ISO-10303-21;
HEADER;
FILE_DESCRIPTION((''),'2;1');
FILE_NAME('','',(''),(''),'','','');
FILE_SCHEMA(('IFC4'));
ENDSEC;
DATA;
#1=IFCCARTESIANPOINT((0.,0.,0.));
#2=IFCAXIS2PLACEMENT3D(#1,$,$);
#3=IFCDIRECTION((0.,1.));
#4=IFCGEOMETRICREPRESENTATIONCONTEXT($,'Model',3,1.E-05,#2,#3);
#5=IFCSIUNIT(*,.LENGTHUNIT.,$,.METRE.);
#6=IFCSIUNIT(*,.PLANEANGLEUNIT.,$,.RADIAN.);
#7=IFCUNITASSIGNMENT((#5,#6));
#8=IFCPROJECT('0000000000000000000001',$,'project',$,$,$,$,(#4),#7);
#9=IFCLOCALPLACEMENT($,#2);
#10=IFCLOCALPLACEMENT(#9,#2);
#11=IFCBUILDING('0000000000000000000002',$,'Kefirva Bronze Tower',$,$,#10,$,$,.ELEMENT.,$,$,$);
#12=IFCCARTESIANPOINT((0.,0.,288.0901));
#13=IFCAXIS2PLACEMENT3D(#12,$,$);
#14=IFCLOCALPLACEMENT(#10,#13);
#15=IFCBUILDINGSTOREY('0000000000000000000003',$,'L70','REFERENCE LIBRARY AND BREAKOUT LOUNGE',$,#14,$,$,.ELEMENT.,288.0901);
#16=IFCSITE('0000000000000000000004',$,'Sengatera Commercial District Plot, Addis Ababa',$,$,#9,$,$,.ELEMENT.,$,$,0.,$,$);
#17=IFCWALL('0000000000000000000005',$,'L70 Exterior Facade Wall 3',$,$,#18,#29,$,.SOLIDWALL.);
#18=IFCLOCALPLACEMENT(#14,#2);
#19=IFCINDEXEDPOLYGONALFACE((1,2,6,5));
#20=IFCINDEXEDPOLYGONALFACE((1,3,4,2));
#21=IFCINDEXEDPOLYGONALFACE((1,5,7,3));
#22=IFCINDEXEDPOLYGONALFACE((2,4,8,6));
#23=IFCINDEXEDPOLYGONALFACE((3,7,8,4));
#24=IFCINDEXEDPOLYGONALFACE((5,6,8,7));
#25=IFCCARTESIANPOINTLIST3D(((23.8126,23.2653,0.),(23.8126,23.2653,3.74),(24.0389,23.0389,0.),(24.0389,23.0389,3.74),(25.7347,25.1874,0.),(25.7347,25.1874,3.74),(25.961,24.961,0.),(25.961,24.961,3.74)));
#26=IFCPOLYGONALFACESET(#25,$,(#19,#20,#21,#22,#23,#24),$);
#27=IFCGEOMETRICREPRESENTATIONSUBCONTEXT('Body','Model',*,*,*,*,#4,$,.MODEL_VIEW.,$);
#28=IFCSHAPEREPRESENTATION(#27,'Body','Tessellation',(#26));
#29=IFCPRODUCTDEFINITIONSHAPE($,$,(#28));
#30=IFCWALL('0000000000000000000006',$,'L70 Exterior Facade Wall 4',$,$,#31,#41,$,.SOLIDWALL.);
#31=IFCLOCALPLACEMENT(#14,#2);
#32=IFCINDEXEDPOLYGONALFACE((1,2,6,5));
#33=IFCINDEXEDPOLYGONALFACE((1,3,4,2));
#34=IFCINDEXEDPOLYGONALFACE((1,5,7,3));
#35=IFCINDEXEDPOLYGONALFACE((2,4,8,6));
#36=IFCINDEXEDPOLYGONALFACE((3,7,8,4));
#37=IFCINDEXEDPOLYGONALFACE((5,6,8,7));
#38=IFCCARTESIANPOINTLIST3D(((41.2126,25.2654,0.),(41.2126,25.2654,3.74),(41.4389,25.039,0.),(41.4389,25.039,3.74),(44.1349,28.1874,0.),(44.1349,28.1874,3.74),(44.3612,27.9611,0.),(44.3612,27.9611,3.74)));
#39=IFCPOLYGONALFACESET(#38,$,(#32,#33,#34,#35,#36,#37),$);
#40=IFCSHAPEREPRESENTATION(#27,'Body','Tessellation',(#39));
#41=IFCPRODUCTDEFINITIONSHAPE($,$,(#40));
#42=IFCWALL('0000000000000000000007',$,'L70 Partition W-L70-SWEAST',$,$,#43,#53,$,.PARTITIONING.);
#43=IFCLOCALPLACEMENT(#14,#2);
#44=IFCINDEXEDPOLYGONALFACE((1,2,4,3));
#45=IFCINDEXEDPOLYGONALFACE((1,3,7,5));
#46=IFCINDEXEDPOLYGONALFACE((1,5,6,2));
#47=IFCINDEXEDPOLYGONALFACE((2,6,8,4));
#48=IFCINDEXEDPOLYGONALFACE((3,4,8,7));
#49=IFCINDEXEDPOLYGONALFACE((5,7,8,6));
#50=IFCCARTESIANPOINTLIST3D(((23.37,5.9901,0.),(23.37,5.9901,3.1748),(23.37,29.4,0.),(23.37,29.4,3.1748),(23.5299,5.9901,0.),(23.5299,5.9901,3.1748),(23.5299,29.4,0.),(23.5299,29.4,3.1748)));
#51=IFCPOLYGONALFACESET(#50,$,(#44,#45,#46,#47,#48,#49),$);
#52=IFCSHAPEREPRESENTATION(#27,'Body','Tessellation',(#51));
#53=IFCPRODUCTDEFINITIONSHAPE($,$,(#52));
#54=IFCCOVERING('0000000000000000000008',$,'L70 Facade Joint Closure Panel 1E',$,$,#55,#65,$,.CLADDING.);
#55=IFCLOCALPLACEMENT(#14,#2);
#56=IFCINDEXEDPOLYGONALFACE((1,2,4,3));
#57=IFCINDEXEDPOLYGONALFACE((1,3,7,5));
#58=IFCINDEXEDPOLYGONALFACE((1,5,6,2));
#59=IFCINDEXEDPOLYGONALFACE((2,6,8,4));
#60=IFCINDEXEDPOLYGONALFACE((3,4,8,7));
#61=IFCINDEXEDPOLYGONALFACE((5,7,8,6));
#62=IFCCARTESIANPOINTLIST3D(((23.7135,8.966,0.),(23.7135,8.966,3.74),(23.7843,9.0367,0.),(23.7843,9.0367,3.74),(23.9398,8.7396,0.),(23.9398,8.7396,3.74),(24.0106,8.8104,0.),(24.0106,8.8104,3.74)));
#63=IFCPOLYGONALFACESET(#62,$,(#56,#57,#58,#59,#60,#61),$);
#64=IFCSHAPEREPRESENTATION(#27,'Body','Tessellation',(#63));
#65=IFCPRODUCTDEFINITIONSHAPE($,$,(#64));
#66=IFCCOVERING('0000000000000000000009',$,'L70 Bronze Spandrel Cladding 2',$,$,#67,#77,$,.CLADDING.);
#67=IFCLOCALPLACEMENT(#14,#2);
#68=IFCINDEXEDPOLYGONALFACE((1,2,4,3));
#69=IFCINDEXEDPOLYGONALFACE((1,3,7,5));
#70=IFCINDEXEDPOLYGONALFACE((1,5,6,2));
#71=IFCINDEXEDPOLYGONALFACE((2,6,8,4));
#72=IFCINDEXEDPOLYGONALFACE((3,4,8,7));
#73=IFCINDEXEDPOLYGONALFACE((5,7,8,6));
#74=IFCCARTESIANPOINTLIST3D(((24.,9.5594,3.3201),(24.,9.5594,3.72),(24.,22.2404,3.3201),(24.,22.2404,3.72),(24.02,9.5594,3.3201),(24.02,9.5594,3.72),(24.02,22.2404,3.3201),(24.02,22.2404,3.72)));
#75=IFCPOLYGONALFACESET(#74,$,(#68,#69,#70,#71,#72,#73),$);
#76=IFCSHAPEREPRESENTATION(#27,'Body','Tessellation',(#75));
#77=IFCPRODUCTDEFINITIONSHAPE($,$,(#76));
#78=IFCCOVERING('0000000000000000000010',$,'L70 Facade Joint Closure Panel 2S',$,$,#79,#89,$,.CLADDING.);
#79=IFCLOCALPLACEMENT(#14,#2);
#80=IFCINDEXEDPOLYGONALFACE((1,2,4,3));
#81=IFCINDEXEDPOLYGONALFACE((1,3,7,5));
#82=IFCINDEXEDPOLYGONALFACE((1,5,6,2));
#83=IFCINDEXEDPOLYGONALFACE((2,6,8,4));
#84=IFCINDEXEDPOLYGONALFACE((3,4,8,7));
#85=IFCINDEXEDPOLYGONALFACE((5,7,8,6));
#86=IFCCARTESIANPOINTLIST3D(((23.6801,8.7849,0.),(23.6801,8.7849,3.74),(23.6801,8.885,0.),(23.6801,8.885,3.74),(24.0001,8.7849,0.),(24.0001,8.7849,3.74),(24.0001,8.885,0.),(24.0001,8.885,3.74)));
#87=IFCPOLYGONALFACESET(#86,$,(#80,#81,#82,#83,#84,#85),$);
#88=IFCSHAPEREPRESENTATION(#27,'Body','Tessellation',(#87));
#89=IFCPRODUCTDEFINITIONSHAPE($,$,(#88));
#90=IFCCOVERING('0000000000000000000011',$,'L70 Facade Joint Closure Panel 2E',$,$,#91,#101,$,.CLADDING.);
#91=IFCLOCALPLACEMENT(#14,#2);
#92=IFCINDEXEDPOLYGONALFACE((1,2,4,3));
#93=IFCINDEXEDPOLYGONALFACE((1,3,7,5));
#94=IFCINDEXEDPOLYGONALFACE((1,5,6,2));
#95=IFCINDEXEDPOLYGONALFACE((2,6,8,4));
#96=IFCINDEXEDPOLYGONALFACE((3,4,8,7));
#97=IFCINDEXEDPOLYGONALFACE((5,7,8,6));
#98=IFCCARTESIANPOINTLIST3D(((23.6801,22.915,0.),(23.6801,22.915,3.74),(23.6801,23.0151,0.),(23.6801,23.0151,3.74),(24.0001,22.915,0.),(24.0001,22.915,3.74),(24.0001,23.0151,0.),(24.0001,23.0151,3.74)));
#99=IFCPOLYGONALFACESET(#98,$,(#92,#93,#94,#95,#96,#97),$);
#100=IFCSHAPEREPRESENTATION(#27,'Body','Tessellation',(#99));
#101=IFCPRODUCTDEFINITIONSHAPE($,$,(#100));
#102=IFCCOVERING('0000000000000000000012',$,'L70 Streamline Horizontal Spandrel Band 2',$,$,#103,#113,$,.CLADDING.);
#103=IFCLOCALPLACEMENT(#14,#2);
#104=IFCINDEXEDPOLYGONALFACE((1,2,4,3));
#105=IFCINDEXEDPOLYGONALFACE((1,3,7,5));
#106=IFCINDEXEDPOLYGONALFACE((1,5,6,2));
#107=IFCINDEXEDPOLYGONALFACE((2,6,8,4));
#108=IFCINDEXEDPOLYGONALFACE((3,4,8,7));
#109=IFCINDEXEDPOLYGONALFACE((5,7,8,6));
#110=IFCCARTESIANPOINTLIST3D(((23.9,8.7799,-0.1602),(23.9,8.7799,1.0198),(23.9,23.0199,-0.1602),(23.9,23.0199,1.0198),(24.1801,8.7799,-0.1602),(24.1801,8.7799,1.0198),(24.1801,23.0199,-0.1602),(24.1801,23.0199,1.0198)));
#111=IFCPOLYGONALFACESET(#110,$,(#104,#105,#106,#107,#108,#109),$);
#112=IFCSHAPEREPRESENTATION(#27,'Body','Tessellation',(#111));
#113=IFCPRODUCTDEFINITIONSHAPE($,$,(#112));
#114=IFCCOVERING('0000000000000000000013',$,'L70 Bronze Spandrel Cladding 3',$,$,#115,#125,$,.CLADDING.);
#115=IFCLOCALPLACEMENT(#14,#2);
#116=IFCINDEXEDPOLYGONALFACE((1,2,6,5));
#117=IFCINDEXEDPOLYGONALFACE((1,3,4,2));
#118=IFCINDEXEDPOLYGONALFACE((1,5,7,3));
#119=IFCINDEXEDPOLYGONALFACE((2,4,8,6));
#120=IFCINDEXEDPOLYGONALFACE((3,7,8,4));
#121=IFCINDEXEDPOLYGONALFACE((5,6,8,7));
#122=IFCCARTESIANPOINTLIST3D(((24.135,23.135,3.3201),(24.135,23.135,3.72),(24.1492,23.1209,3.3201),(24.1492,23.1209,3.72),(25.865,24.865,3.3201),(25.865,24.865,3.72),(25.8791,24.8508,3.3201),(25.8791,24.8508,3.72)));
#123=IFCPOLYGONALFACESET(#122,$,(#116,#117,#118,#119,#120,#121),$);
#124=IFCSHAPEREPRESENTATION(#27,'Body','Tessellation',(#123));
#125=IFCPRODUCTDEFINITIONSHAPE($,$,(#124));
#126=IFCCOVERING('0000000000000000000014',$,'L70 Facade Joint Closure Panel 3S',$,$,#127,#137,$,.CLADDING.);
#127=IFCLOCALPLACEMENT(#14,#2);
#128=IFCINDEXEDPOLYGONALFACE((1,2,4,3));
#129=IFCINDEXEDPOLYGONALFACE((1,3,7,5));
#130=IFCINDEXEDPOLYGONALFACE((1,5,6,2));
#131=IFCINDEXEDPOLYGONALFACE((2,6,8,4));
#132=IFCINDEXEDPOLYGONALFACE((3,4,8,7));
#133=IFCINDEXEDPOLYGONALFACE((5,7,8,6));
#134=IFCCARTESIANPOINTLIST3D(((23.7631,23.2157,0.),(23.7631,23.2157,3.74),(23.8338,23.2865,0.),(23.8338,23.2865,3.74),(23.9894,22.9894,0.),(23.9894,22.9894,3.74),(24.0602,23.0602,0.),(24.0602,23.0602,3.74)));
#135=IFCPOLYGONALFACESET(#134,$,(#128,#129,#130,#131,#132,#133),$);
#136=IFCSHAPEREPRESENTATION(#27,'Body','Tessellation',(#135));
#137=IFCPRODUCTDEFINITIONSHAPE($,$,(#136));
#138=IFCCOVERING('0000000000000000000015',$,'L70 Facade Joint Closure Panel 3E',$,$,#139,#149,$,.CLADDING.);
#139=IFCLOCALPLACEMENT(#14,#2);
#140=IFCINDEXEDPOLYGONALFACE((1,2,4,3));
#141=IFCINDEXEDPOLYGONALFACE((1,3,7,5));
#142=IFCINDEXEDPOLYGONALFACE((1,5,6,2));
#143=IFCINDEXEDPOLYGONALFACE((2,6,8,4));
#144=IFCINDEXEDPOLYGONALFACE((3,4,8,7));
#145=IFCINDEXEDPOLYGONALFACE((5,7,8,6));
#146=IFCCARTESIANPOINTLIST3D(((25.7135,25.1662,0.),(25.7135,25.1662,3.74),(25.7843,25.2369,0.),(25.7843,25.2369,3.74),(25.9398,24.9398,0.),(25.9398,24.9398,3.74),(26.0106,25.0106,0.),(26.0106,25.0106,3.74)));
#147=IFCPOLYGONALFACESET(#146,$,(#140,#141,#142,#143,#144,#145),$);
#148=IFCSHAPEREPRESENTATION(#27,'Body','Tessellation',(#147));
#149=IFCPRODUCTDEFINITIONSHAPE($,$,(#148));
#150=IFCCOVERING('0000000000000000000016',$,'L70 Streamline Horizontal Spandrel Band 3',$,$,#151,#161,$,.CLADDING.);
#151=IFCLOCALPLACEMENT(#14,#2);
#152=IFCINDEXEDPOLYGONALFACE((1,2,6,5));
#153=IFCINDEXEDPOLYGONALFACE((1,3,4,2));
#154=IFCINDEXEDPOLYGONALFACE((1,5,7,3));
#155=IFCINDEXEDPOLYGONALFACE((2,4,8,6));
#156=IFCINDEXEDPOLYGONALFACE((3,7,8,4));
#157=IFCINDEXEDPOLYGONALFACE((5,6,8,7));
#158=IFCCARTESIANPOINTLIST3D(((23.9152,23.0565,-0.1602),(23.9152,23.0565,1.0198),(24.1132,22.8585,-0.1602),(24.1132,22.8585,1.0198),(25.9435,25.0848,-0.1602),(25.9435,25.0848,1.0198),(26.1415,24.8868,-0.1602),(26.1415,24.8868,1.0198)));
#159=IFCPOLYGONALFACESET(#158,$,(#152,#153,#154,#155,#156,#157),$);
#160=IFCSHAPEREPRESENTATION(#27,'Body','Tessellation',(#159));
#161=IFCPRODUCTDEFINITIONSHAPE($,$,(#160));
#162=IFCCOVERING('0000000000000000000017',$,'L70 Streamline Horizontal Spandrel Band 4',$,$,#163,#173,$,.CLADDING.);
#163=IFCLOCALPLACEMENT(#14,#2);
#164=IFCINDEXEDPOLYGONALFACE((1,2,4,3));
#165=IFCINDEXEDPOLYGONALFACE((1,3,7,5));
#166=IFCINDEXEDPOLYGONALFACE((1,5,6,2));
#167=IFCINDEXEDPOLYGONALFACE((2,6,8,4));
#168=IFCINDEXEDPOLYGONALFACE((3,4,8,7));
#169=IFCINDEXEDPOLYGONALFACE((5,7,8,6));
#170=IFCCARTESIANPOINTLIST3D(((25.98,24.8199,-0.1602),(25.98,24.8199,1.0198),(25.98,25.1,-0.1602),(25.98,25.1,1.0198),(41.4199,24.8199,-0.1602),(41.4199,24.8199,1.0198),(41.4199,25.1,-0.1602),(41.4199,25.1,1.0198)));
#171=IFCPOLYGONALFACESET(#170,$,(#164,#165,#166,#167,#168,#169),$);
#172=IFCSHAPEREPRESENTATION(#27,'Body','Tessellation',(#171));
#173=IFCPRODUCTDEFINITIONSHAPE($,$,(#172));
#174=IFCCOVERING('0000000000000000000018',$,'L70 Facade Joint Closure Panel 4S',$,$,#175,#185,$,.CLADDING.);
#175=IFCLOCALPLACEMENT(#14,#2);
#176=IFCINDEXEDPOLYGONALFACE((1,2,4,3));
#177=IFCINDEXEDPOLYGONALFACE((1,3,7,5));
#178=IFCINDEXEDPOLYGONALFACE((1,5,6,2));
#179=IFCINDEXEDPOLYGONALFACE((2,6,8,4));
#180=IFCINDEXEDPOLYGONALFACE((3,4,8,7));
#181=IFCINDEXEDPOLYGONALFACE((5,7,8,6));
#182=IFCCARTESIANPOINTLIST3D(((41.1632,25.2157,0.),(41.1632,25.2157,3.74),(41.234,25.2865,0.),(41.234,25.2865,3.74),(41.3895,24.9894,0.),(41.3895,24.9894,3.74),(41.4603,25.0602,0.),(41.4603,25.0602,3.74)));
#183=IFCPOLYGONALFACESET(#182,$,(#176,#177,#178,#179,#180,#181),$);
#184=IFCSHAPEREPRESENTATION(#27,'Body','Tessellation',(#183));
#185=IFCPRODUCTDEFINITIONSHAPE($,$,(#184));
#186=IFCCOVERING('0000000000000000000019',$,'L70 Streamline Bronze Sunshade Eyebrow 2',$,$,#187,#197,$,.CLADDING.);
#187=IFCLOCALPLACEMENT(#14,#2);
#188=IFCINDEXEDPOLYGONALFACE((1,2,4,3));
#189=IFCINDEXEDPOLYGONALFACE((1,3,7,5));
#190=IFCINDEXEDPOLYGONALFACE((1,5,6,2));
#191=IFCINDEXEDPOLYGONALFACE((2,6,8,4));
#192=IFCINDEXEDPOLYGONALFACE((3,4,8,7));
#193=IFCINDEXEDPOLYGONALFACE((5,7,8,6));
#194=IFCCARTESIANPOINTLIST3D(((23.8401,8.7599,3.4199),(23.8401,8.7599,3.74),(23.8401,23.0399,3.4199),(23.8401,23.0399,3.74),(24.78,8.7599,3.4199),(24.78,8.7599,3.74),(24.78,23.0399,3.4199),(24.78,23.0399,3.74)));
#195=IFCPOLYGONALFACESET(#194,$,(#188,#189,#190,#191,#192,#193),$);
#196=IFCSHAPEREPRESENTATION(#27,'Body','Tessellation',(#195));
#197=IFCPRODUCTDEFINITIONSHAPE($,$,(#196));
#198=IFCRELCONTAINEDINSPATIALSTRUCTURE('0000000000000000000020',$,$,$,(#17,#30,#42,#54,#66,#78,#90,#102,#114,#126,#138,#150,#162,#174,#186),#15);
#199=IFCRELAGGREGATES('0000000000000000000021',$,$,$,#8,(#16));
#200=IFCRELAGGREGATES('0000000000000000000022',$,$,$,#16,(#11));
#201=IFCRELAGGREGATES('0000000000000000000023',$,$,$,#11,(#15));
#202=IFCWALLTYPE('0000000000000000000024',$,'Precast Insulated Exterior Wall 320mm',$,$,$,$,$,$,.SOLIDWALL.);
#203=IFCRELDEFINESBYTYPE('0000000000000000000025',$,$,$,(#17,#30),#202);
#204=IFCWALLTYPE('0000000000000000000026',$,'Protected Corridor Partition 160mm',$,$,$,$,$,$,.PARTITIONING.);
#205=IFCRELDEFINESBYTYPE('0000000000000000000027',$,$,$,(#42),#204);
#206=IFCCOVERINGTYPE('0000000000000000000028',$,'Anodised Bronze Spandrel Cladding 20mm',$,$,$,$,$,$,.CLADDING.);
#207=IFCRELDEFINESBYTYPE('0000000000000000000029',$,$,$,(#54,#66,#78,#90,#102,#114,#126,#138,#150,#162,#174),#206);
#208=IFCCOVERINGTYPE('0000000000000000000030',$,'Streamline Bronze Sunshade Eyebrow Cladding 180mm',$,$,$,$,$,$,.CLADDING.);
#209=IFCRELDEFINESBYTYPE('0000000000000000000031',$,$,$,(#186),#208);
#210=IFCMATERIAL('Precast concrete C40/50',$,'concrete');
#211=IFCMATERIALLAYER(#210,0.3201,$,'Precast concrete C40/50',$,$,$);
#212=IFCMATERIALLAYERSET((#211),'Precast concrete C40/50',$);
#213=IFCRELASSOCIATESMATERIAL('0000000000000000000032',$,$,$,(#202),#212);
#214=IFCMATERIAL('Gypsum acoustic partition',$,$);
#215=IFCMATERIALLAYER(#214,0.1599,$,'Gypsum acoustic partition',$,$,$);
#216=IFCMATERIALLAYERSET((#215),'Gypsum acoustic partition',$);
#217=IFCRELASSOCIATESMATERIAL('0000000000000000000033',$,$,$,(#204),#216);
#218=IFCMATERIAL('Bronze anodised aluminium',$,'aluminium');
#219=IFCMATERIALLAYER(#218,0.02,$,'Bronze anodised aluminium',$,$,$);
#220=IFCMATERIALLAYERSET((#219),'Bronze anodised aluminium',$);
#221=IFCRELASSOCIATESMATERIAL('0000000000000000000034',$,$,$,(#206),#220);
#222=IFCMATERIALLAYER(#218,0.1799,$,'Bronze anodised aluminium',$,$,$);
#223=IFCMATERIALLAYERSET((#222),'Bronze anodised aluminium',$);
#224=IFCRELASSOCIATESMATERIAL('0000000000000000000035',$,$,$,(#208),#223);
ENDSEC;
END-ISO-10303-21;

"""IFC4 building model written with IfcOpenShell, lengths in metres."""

from ifc_helpers import new_model, si_unit, direction, frame, frame_2d, origin, origin_2d, place, context, subcontext, project, spatial, rectangle, extrude, material, layer, layer_set, type_object, element, save


model = new_model("IFC4")

# Units and contexts
model_context = context("Model", 3, precision=1e-05, world=origin(), true_north=direction((0.0, 1.0)))
body_context = subcontext(model_context, "Body", "Model", "MODEL_VIEW")
ifc_project = project(units=[si_unit("LENGTHUNIT", "METRE"), si_unit("PLANEANGLEUNIT", "RADIAN")], contexts=[model_context])

# Site, building, storey
site_placement = place(None, origin())
site = spatial("IfcSite", under=ifc_project, at=site_placement, Name="Sengatera Commercial District Plot, Addis Ababa", CompositionType="ELEMENT", RefElevation=0.0)
building_placement = place(site_placement, origin())
building = spatial("IfcBuilding", under=site, at=building_placement, Name="Kefirva Bronze Tower", CompositionType="ELEMENT")
storey_placement = place(building_placement, frame((0.0, 0.0, 288.0901)))
storey = spatial("IfcBuildingStorey", under=building, at=storey_placement, Name="L70", Description="REFERENCE LIBRARY AND BREAKOUT LOUNGE", CompositionType="ELEMENT", Elevation=288.0901)

# Shared definitions
ifc_material_1 = material(Name="Bronze anodised aluminium", Category="aluminium")

# Walls
ifc_material_2 = material(Name="Gypsum acoustic partition")
ifc_material_3 = material(Name="Precast concrete C40/50", Category="concrete")
ifc_layer_1 = layer(ifc_material_3, 0.3201, Name="Precast concrete C40/50")
ifc_layer_set_1 = layer_set([ifc_layer_1], Name="Precast concrete C40/50")
wall_type_1 = type_object("IfcWallType", Name="Precast Insulated Exterior Wall 320mm", PredefinedType="SOLIDWALL", material=ifc_layer_set_1)
wall_1_placement = place(storey_placement, frame((23.9258, 23.1521, 0.0), z_axis=(0.0, 0.0, 1.0), x_axis=(0.707107, 0.707107, 0.0)))
element("IfcWall", 1, at=wall_1_placement, inside=storey, type_object=wall_type_1, Name="L70 Exterior Facade Wall 3", PredefinedType="SOLIDWALL", context=body_context, shape_type="SweptSolid", body=[
    extrude(rectangle(XDim=2.7183, YDim=0.3201, at=frame_2d((1.3591, 0.0))), origin(), (0.0, 0.0, 1.0), 3.74),
])
wall_2_placement = place(storey_placement, frame((41.3257, 25.1521, 0.0), z_axis=(0.0, 0.0, 1.0), x_axis=(0.707136, 0.707077, 0.0)))
element("IfcWall", 2, at=wall_2_placement, inside=storey, type_object=wall_type_1, Name="L70 Exterior Facade Wall 4", PredefinedType="SOLIDWALL", context=body_context, shape_type="SweptSolid", body=[
    extrude(rectangle(XDim=4.1326, YDim=0.3201, at=frame_2d((2.0664, 0.0))), origin(), (0.0, 0.0, 1.0), 3.74),
])
ifc_layer_2 = layer(ifc_material_2, 0.1599, Name="Gypsum acoustic partition")
ifc_layer_set_2 = layer_set([ifc_layer_2], Name="Gypsum acoustic partition")
wall_type_2 = type_object("IfcWallType", Name="Protected Corridor Partition 160mm", PredefinedType="PARTITIONING", material=ifc_layer_set_2)
wall_3_placement = place(storey_placement, frame((23.45, 5.99, 0.0), z_axis=(0.0, 0.0, 1.0), x_axis=(0.0, 1.0, 0.0)))
element("IfcWall", 3, at=wall_3_placement, inside=storey, type_object=wall_type_2, Name="L70 Partition W-L70-SWEAST", PredefinedType="PARTITIONING", context=body_context, shape_type="SweptSolid", body=[
    extrude(rectangle(XDim=23.4099, YDim=0.1599, at=frame_2d((11.7051, 0.0))), origin(), (0.0, 0.0, 1.0), 3.1748),
])

# Coverings
ifc_layer_3 = layer(ifc_material_1, 0.02, Name="Bronze anodised aluminium")
ifc_layer_set_3 = layer_set([ifc_layer_3], Name="Bronze anodised aluminium")
covering_type_1 = type_object("IfcCoveringType", Name="Anodised Bronze Spandrel Cladding 20mm", PredefinedType="CLADDING", material=ifc_layer_set_3)
covering_1_placement = place(storey_placement, frame((23.8621, 8.8882, 0.0), z_axis=(0.0, 0.0, 1.0), x_axis=(0.707107, 0.707107, 0.0)))
element("IfcCovering", 4, at=covering_1_placement, inside=storey, type_object=covering_type_1, Name="L70 Facade Joint Closure Panel 1E", PredefinedType="CLADDING", context=body_context, shape_type="SweptSolid", body=[
    extrude(rectangle(XDim=0.1001, YDim=0.3201, at=origin_2d()), origin(), (0.0, 0.0, 1.0), 3.74),
])
covering_2_placement = place(storey_placement, frame((24.01, 15.8999, 3.3201), z_axis=(0.0, 0.0, 1.0), x_axis=(0.0, 1.0, 0.0)))
element("IfcCovering", 5, at=covering_2_placement, inside=storey, type_object=covering_type_1, Name="L70 Bronze Spandrel Cladding 2", PredefinedType="CLADDING", context=body_context, shape_type="SweptSolid", body=[
    extrude(rectangle(XDim=12.6809, YDim=0.02, at=origin_2d()), origin(), (0.0, 0.0, 1.0), 0.3999),
])
for number, where, z_axis, x_axis, name in (
    (6, (23.8401, 8.835, 0.0), (0.0, 0.0, 1.0), (0.0, 1.0, 0.0), "L70 Facade Joint Closure Panel 2S"),
    (7, (23.8401, 22.9651, 0.0), (0.0, 0.0, 1.0), (0.0, 1.0, 0.0), "L70 Facade Joint Closure Panel 2E"),
):
    element("IfcCovering", number, at=place(storey_placement, frame(where, z_axis=z_axis, x_axis=x_axis)), inside=storey, type_object=covering_type_1, Name=name, PredefinedType="CLADDING", context=body_context, shape_type="SweptSolid", body=[
        extrude(rectangle(XDim=0.1001, YDim=0.3201, at=origin_2d()), origin(), (0.0, 0.0, 1.0), 3.74),
    ])
covering_3_placement = place(storey_placement, frame((24.04, 15.8999, -0.1602), z_axis=(0.0, 0.0, 1.0), x_axis=(0.0, 1.0, 0.0)))
element("IfcCovering", 8, at=covering_3_placement, inside=storey, type_object=covering_type_1, Name="L70 Streamline Horizontal Spandrel Band 2", PredefinedType="CLADDING", context=body_context, shape_type="SweptSolid", body=[
    extrude(rectangle(XDim=14.24, YDim=0.28, at=origin_2d()), origin(), (0.0, 0.0, 1.0), 1.1799),
])
covering_4_placement = place(storey_placement, frame((25.0071, 23.9929, 3.3201), z_axis=(0.0, 0.0, 1.0), x_axis=(0.707107, 0.707107, 0.0)))
element("IfcCovering", 9, at=covering_4_placement, inside=storey, type_object=covering_type_1, Name="L70 Bronze Spandrel Cladding 3", PredefinedType="CLADDING", context=body_context, shape_type="SweptSolid", body=[
    extrude(rectangle(XDim=2.4465, YDim=0.02, at=origin_2d()), origin(), (0.0, 0.0, 1.0), 0.3999),
])
for number, where, z_axis, x_axis, name in (
    (10, (23.9116, 23.1379, 0.0), (0.0, 0.0, 1.0), (0.707107, 0.707107, 0.0), "L70 Facade Joint Closure Panel 3S"),
    (11, (25.8621, 25.0884, 0.0), (0.0, 0.0, 1.0), (0.707107, 0.707107, 0.0), "L70 Facade Joint Closure Panel 3E"),
):
    element("IfcCovering", number, at=place(storey_placement, frame(where, z_axis=z_axis, x_axis=x_axis)), inside=storey, type_object=covering_type_1, Name=name, PredefinedType="CLADDING", context=body_context, shape_type="SweptSolid", body=[
        extrude(rectangle(XDim=0.1001, YDim=0.3201, at=origin_2d()), origin(), (0.0, 0.0, 1.0), 3.74),
    ])
covering_5_placement = place(storey_placement, frame((25.0283, 23.9717, -0.1602), z_axis=(0.0, 0.0, 1.0), x_axis=(0.707107, 0.707107, 0.0)))
element("IfcCovering", 12, at=covering_5_placement, inside=storey, type_object=covering_type_1, Name="L70 Streamline Horizontal Spandrel Band 3", PredefinedType="CLADDING", context=body_context, shape_type="SweptSolid", body=[
    extrude(rectangle(XDim=2.8684, YDim=0.28, at=origin_2d()), origin(), (0.0, 0.0, 1.0), 1.1799),
])
covering_6_placement = place(storey_placement, frame((33.7, 24.96, -0.1602), z_axis=(0.0, 0.0, 1.0), x_axis=(1.0, 0.0, 0.0)))
element("IfcCovering", 13, at=covering_6_placement, inside=storey, type_object=covering_type_1, Name="L70 Streamline Horizontal Spandrel Band 4", PredefinedType="CLADDING", context=body_context, shape_type="SweptSolid", body=[
    extrude(rectangle(XDim=15.4399, YDim=0.28, at=origin_2d()), origin(), (0.0, 0.0, 1.0), 1.1799),
])
covering_7_placement = place(storey_placement, frame((41.3118, 25.1379, 0.0), z_axis=(0.0, 0.0, 1.0), x_axis=(0.707107, 0.707107, 0.0)))
element("IfcCovering", 14, at=covering_7_placement, inside=storey, type_object=covering_type_1, Name="L70 Facade Joint Closure Panel 4S", PredefinedType="CLADDING", context=body_context, shape_type="SweptSolid", body=[
    extrude(rectangle(XDim=0.1001, YDim=0.3201, at=origin_2d()), origin(), (0.0, 0.0, 1.0), 3.74),
])
ifc_layer_4 = layer(ifc_material_1, 0.1799, Name="Bronze anodised aluminium")
ifc_layer_set_4 = layer_set([ifc_layer_4], Name="Bronze anodised aluminium")
covering_type_2 = type_object("IfcCoveringType", Name="Streamline Bronze Sunshade Eyebrow Cladding 180mm", PredefinedType="CLADDING", material=ifc_layer_set_4)
covering_8_placement = place(storey_placement, frame((24.3101, 15.8999, 3.4199), z_axis=(0.0, 0.0, 1.0), x_axis=(0.0, 1.0, 0.0)))
element("IfcCovering", 15, at=covering_8_placement, inside=storey, type_object=covering_type_2, Name="L70 Streamline Bronze Sunshade Eyebrow 2", PredefinedType="CLADDING", context=body_context, shape_type="SweptSolid", body=[
    extrude(rectangle(XDim=14.28, YDim=0.9399, at=origin_2d()), origin(), (0.0, 0.0, 1.0), 0.3201),
])

save(model, "model.ifc")
